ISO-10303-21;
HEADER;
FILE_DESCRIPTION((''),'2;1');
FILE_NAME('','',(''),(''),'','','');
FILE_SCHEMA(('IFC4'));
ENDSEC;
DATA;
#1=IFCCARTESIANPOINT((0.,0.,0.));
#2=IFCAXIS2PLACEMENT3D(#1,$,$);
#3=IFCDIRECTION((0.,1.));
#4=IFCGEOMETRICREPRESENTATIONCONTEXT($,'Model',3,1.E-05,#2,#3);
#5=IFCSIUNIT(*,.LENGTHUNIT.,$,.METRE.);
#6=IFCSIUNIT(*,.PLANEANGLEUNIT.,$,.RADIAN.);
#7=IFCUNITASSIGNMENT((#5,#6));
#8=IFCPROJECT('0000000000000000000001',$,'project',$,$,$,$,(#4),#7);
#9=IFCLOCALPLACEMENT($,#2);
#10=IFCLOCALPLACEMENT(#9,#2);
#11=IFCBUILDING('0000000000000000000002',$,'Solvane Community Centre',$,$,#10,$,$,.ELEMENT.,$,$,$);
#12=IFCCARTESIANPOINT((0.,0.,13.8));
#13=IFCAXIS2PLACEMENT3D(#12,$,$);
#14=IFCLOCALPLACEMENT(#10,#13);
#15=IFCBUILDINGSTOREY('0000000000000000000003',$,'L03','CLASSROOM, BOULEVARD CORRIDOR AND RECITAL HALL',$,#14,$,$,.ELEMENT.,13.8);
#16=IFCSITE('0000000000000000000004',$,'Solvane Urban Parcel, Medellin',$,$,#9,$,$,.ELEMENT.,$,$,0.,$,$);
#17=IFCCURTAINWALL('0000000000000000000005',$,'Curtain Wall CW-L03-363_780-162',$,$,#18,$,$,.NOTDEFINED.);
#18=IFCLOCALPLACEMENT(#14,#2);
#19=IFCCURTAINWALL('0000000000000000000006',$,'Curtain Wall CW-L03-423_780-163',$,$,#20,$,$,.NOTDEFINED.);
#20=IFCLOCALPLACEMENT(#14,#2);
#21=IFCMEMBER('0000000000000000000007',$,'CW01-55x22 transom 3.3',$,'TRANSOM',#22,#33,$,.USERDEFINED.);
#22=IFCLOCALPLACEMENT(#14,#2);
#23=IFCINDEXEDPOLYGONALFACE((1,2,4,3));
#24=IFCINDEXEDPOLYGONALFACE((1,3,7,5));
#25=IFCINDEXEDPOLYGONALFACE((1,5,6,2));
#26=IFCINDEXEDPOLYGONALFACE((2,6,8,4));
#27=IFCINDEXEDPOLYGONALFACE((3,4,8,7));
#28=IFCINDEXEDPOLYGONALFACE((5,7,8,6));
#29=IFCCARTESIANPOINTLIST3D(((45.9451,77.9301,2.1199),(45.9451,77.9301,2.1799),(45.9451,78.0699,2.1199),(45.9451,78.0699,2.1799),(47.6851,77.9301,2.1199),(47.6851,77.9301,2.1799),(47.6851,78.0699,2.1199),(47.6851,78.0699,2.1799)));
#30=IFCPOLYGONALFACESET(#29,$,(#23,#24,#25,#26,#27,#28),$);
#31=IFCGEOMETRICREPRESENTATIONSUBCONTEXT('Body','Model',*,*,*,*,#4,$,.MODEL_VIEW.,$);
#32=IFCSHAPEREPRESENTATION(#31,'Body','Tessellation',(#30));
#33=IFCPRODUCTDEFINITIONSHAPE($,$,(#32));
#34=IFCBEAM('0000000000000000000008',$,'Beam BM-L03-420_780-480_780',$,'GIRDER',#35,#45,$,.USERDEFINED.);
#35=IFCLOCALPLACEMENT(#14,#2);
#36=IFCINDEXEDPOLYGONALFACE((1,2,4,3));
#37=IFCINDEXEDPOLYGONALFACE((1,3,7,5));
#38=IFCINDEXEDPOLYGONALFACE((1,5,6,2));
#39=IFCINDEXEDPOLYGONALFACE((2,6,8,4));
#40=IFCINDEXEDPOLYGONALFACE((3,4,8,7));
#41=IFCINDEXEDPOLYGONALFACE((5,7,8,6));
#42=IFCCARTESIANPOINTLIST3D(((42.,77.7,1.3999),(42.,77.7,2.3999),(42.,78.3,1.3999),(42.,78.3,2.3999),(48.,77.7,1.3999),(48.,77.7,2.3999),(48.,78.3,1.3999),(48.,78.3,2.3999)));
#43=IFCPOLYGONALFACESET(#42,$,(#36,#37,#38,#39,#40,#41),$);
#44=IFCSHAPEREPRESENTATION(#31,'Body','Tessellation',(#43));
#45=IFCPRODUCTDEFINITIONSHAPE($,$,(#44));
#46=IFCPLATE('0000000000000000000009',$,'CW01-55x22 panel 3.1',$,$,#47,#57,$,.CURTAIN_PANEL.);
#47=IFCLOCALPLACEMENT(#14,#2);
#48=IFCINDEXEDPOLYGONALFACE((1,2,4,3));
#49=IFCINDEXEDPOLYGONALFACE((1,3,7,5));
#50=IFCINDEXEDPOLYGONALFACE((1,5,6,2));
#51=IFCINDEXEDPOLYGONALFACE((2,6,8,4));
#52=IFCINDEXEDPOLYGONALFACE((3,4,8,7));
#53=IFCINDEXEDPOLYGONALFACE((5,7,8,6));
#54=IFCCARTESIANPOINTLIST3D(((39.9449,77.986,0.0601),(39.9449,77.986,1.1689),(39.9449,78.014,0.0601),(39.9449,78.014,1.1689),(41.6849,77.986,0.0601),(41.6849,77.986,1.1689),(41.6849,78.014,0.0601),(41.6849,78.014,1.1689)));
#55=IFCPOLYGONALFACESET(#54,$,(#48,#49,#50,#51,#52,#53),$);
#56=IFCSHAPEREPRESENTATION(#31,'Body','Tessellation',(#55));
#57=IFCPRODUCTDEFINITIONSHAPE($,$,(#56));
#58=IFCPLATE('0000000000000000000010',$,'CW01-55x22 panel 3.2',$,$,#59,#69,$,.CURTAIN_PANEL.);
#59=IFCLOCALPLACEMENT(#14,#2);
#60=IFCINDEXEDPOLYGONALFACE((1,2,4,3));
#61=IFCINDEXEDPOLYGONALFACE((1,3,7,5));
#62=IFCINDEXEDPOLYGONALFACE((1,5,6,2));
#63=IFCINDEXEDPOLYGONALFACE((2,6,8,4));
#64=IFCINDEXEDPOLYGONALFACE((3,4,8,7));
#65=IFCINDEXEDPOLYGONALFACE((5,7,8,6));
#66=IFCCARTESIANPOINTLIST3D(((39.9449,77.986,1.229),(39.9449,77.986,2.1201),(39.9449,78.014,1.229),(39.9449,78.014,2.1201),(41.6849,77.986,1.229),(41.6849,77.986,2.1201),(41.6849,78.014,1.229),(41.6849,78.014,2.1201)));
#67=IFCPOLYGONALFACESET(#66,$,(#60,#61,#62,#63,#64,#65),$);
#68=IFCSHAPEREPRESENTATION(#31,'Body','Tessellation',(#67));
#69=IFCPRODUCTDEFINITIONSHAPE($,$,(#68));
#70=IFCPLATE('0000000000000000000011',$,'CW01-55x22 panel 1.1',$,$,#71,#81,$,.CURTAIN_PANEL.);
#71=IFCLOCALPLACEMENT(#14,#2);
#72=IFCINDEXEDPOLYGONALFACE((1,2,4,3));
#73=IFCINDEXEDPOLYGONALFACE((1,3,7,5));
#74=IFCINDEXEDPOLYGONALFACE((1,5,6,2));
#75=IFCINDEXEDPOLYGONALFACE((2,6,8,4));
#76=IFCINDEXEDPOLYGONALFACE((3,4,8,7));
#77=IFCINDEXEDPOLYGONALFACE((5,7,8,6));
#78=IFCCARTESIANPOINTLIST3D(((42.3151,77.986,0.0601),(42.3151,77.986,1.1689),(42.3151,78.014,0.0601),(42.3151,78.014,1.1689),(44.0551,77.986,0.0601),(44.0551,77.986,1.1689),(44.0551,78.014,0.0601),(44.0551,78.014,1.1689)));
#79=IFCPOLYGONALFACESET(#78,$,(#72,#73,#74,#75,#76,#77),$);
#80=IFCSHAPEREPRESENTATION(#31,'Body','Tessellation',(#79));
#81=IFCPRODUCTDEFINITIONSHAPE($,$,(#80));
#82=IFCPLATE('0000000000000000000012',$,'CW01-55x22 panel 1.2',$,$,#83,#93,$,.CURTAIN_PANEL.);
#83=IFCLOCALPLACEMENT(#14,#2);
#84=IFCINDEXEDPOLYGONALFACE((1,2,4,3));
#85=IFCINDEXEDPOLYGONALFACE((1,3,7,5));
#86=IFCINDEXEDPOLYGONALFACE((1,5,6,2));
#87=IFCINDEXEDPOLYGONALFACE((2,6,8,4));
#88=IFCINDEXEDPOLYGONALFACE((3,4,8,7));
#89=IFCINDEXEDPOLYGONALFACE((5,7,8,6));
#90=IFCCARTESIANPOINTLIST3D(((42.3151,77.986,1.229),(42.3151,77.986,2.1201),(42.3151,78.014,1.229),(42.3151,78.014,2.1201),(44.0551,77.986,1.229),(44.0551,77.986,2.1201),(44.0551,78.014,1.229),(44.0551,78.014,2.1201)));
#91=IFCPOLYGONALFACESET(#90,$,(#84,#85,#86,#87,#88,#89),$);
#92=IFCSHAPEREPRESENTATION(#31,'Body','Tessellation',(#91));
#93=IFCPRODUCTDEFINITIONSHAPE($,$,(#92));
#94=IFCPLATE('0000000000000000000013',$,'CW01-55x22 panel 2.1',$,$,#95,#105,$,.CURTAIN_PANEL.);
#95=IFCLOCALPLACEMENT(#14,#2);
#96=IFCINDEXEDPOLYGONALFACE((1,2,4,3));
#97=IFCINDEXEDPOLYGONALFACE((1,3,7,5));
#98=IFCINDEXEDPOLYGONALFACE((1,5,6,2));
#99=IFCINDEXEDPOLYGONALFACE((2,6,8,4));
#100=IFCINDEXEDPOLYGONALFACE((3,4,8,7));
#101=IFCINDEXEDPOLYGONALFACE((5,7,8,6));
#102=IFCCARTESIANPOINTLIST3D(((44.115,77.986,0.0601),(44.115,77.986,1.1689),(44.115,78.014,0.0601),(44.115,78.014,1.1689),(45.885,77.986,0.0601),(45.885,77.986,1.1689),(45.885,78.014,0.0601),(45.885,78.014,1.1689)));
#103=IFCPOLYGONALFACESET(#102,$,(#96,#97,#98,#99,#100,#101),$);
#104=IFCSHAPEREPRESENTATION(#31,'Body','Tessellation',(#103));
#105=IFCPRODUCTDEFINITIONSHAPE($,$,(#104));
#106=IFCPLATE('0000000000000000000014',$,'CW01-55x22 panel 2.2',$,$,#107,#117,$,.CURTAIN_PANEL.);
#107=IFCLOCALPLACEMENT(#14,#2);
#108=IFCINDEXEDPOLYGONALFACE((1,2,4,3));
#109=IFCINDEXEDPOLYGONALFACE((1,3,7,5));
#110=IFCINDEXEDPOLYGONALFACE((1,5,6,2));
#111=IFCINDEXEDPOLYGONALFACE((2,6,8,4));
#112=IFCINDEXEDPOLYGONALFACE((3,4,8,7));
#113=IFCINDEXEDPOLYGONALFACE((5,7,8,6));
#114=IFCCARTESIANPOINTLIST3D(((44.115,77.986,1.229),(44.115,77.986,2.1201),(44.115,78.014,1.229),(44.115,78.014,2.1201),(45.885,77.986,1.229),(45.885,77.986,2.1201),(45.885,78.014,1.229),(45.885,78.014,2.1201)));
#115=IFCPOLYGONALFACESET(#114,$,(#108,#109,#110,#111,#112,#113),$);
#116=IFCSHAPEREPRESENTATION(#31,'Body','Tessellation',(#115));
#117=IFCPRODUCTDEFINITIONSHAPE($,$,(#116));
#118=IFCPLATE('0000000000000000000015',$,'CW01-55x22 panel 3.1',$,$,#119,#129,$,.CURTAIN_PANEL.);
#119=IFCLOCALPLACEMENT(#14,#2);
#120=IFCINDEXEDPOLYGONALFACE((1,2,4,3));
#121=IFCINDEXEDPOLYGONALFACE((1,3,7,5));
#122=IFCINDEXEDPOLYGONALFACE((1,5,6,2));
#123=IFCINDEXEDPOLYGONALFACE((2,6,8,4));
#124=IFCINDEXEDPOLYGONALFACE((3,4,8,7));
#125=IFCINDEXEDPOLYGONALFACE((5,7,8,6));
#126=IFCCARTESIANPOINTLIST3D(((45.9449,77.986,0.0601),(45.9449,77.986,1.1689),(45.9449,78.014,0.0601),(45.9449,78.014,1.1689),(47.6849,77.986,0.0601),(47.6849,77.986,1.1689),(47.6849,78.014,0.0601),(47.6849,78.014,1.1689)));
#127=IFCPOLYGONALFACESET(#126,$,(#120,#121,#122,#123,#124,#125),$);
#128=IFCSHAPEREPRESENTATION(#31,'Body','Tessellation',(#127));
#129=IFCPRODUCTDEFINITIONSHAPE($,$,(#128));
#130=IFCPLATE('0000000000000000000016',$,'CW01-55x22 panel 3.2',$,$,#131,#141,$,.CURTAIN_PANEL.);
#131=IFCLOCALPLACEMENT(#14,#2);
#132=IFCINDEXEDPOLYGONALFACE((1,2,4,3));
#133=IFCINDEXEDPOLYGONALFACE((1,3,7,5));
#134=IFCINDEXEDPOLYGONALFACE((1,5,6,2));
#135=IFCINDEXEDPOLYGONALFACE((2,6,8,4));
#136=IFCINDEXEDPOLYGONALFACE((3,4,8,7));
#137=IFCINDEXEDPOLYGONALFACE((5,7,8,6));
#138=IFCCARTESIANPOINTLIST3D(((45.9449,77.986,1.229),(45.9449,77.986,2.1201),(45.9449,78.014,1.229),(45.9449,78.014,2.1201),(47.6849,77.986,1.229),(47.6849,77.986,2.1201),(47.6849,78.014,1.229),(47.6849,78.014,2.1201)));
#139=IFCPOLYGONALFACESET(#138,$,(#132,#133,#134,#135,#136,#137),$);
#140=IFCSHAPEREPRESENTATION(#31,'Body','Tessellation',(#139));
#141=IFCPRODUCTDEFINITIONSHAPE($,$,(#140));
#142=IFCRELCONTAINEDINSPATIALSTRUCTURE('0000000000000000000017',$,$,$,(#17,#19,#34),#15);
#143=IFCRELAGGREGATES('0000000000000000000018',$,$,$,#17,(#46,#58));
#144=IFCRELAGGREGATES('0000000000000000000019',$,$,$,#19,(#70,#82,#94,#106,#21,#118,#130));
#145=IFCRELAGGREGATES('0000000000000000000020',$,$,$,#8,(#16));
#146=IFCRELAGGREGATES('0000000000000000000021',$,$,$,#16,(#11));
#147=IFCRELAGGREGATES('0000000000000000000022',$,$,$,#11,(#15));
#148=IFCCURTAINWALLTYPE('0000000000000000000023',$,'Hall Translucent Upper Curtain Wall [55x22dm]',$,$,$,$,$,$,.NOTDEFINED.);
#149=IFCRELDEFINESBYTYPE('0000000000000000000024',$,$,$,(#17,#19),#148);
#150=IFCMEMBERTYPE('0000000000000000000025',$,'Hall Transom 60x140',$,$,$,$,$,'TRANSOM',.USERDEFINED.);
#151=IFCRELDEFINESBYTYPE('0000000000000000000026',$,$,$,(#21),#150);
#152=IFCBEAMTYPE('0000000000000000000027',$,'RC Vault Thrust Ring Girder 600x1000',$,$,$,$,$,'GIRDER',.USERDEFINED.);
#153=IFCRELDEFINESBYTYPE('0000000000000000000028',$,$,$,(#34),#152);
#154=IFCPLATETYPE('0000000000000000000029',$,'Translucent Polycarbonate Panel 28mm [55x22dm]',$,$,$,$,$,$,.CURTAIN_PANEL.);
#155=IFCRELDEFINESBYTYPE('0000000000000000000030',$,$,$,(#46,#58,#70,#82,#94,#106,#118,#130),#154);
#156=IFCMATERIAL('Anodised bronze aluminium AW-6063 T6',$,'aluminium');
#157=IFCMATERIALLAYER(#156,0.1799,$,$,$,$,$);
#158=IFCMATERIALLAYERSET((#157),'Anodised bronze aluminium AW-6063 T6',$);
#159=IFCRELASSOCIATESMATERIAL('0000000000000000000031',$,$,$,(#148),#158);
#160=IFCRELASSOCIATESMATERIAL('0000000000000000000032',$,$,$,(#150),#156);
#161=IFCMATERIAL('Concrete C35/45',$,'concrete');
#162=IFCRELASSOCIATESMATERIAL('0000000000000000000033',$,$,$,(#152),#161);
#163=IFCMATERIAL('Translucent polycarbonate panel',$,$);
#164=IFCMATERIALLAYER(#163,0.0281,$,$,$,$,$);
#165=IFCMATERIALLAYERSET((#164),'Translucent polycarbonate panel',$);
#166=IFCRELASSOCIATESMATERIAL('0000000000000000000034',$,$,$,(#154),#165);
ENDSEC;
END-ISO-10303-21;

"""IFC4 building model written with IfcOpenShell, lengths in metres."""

from ifc_helpers import new_model, si_unit, direction, frame, origin, origin_2d, place, context, subcontext, project, spatial, rectangle, extrude, material, layer, layer_set, material_profile, profile_set, type_object, element, aggregate, save


model = new_model("IFC4")

# Units and contexts
model_context = context("Model", 3, precision=1e-05, world=origin(), true_north=direction((0.0, 1.0)))
body_context = subcontext(model_context, "Body", "Model", "MODEL_VIEW")
ifc_project = project(units=[si_unit("LENGTHUNIT", "METRE"), si_unit("PLANEANGLEUNIT", "RADIAN")], contexts=[model_context])

# Site, building, storey
site_placement = place(None, origin())
site = spatial("IfcSite", under=ifc_project, at=site_placement, Name="Solvane Urban Parcel, Medellin", CompositionType="ELEMENT", RefElevation=0.0)
building_placement = place(site_placement, origin())
building = spatial("IfcBuilding", under=site, at=building_placement, Name="Solvane Community Centre", CompositionType="ELEMENT")
storey_placement = place(building_placement, frame((0.0, 0.0, 13.8)))
storey = spatial("IfcBuildingStorey", under=building, at=storey_placement, Name="L03", Description="CLASSROOM, BOULEVARD CORRIDOR AND RECITAL HALL", CompositionType="ELEMENT", Elevation=13.8)

# Curtain wall
ifc_material_1 = material(Name="Anodised bronze aluminium AW-6063 T6", Category="aluminium")
ifc_layer_1 = layer(ifc_material_1, 0.1799)
ifc_layer_set_1 = layer_set([ifc_layer_1], Name="Anodised bronze aluminium AW-6063 T6")
curtain_wall_type = type_object("IfcCurtainWallType", Name="Hall Translucent Upper Curtain Wall [55x22dm]", PredefinedType="NOTDEFINED", material=ifc_layer_set_1)
curtain_wall_1_placement = place(storey_placement, origin())
curtain_wall_1 = element("IfcCurtainWall", 1, at=curtain_wall_1_placement, inside=storey, type_object=curtain_wall_type, Name="Curtain Wall CW-L03-363_780-162", PredefinedType="NOTDEFINED")

# Curtain wall, member
curtain_wall_2_placement = place(storey_placement, origin())
curtain_wall_2 = element("IfcCurtainWall", 2, at=curtain_wall_2_placement, inside=storey, type_object=curtain_wall_type, Name="Curtain Wall CW-L03-423_780-163", PredefinedType="NOTDEFINED")
ifc_material_profile_1 = material_profile(ifc_material_1, rectangle(XDim=0.1399, YDim=0.0601, at=origin_2d()), Name="CW-T 60x140")
ifc_profile_set_1 = profile_set([ifc_material_profile_1], Name="Anodised bronze aluminium AW-6063 T6")
member_type_1 = type_object("IfcMemberType", Name="Hall Transom 60x140", ElementType="TRANSOM", PredefinedType="USERDEFINED", material=ifc_profile_set_1)
member_1_placement = place(storey_placement, frame((45.9451, 78.0, 2.1499), z_axis=(1.0, 0.0, 0.0), x_axis=(0.0, 1.0, 0.0)))
member_1 = element("IfcMember", 3, at=member_1_placement, type_object=member_type_1, Name="CW01-55x22 transom 3.3", ObjectType="TRANSOM", PredefinedType="USERDEFINED", context=body_context, shape_type="SweptSolid", body=[
    extrude(rectangle(XDim=0.1399, YDim=0.0601, at=origin_2d()), origin(), (0.0, 0.0, 1.0), 1.74),
])

# Beam
ifc_material_2 = material(Name="Concrete C35/45", Category="concrete")
ifc_material_profile_2 = material_profile(ifc_material_2, rectangle(XDim=0.6001, YDim=1.0, at=origin_2d()), Name="RC 600x1000")
ifc_profile_set_2 = profile_set([ifc_material_profile_2], Name="Concrete C35/45")
beam_type = type_object("IfcBeamType", Name="RC Vault Thrust Ring Girder 600x1000", ElementType="GIRDER", PredefinedType="USERDEFINED", material=ifc_profile_set_2)
beam_placement = place(storey_placement, frame((42.0, 78.0, 1.8999), z_axis=(1.0, 0.0, 0.0), x_axis=(0.0, 1.0, 0.0)))
element("IfcBeam", 4, at=beam_placement, inside=storey, type_object=beam_type, Name="Beam BM-L03-420_780-480_780", ObjectType="GIRDER", PredefinedType="USERDEFINED", context=body_context, shape_type="SweptSolid", body=[
    extrude(rectangle(XDim=0.6001, YDim=1.0, at=origin_2d()), origin(), (0.0, 0.0, 1.0), 6.0),
])

# Plates
ifc_material_3 = material(Name="Translucent polycarbonate panel")
ifc_layer_2 = layer(ifc_material_3, 0.0281)
ifc_layer_set_2 = layer_set([ifc_layer_2], Name="Translucent polycarbonate panel")
plate_type = type_object("IfcPlateType", Name="Translucent Polycarbonate Panel 28mm [55x22dm]", PredefinedType="CURTAIN_PANEL", material=ifc_layer_set_2)
plate_1_placement = place(storey_placement, frame((40.8149, 78.0, 0.0601), z_axis=(0.0, 0.0, 1.0), x_axis=(1.0, 0.0, 0.0)))
plate_1 = element("IfcPlate", 5, at=plate_1_placement, type_object=plate_type, Name="CW01-55x22 panel 3.1", PredefinedType="CURTAIN_PANEL", context=body_context, shape_type="SweptSolid", body=[
    extrude(rectangle(XDim=1.74, YDim=0.0281, at=origin_2d()), origin(), (0.0, 0.0, 1.0), 1.1089),
])
plate_2_placement = place(storey_placement, frame((40.8149, 78.0, 1.229), z_axis=(0.0, 0.0, 1.0), x_axis=(1.0, 0.0, 0.0)))
plate_2 = element("IfcPlate", 6, at=plate_2_placement, type_object=plate_type, Name="CW01-55x22 panel 3.2", PredefinedType="CURTAIN_PANEL", context=body_context, shape_type="SweptSolid", body=[
    extrude(rectangle(XDim=1.74, YDim=0.0281, at=origin_2d()), origin(), (0.0, 0.0, 1.0), 0.8911),
])
aggregate(curtain_wall_1, [plate_1, plate_2])
plate_3_placement = place(storey_placement, frame((43.1851, 78.0, 0.0601), z_axis=(0.0, 0.0, 1.0), x_axis=(1.0, 0.0, 0.0)))
plate_3 = element("IfcPlate", 7, at=plate_3_placement, type_object=plate_type, Name="CW01-55x22 panel 1.1", PredefinedType="CURTAIN_PANEL", context=body_context, shape_type="SweptSolid", body=[
    extrude(rectangle(XDim=1.74, YDim=0.0281, at=origin_2d()), origin(), (0.0, 0.0, 1.0), 1.1089),
])
plate_4_placement = place(storey_placement, frame((43.1851, 78.0, 1.229), z_axis=(0.0, 0.0, 1.0), x_axis=(1.0, 0.0, 0.0)))
plate_4 = element("IfcPlate", 8, at=plate_4_placement, type_object=plate_type, Name="CW01-55x22 panel 1.2", PredefinedType="CURTAIN_PANEL", context=body_context, shape_type="SweptSolid", body=[
    extrude(rectangle(XDim=1.74, YDim=0.0281, at=origin_2d()), origin(), (0.0, 0.0, 1.0), 0.8911),
])
plate_5_placement = place(storey_placement, frame((45.0, 78.0, 0.0601), z_axis=(0.0, 0.0, 1.0), x_axis=(1.0, 0.0, 0.0)))
plate_5 = element("IfcPlate", 9, at=plate_5_placement, type_object=plate_type, Name="CW01-55x22 panel 2.1", PredefinedType="CURTAIN_PANEL", context=body_context, shape_type="SweptSolid", body=[
    extrude(rectangle(XDim=1.77, YDim=0.0281, at=origin_2d()), origin(), (0.0, 0.0, 1.0), 1.1089),
])
plate_6_placement = place(storey_placement, frame((45.0, 78.0, 1.229), z_axis=(0.0, 0.0, 1.0), x_axis=(1.0, 0.0, 0.0)))
plate_6 = element("IfcPlate", 10, at=plate_6_placement, type_object=plate_type, Name="CW01-55x22 panel 2.2", PredefinedType="CURTAIN_PANEL", context=body_context, shape_type="SweptSolid", body=[
    extrude(rectangle(XDim=1.77, YDim=0.0281, at=origin_2d()), origin(), (0.0, 0.0, 1.0), 0.8911),
])
plate_7_placement = place(storey_placement, frame((46.8149, 78.0, 0.0601), z_axis=(0.0, 0.0, 1.0), x_axis=(1.0, 0.0, 0.0)))
plate_7 = element("IfcPlate", 11, at=plate_7_placement, type_object=plate_type, Name="CW01-55x22 panel 3.1", PredefinedType="CURTAIN_PANEL", context=body_context, shape_type="SweptSolid", body=[
    extrude(rectangle(XDim=1.74, YDim=0.0281, at=origin_2d()), origin(), (0.0, 0.0, 1.0), 1.1089),
])
plate_8_placement = place(storey_placement, frame((46.8149, 78.0, 1.229), z_axis=(0.0, 0.0, 1.0), x_axis=(1.0, 0.0, 0.0)))
plate_8 = element("IfcPlate", 12, at=plate_8_placement, type_object=plate_type, Name="CW01-55x22 panel 3.2", PredefinedType="CURTAIN_PANEL", context=body_context, shape_type="SweptSolid", body=[
    extrude(rectangle(XDim=1.74, YDim=0.0281, at=origin_2d()), origin(), (0.0, 0.0, 1.0), 0.8911),
])
aggregate(curtain_wall_2, [plate_3, plate_4, plate_5, plate_6, member_1, plate_7, plate_8])

save(model, "model.ifc")
